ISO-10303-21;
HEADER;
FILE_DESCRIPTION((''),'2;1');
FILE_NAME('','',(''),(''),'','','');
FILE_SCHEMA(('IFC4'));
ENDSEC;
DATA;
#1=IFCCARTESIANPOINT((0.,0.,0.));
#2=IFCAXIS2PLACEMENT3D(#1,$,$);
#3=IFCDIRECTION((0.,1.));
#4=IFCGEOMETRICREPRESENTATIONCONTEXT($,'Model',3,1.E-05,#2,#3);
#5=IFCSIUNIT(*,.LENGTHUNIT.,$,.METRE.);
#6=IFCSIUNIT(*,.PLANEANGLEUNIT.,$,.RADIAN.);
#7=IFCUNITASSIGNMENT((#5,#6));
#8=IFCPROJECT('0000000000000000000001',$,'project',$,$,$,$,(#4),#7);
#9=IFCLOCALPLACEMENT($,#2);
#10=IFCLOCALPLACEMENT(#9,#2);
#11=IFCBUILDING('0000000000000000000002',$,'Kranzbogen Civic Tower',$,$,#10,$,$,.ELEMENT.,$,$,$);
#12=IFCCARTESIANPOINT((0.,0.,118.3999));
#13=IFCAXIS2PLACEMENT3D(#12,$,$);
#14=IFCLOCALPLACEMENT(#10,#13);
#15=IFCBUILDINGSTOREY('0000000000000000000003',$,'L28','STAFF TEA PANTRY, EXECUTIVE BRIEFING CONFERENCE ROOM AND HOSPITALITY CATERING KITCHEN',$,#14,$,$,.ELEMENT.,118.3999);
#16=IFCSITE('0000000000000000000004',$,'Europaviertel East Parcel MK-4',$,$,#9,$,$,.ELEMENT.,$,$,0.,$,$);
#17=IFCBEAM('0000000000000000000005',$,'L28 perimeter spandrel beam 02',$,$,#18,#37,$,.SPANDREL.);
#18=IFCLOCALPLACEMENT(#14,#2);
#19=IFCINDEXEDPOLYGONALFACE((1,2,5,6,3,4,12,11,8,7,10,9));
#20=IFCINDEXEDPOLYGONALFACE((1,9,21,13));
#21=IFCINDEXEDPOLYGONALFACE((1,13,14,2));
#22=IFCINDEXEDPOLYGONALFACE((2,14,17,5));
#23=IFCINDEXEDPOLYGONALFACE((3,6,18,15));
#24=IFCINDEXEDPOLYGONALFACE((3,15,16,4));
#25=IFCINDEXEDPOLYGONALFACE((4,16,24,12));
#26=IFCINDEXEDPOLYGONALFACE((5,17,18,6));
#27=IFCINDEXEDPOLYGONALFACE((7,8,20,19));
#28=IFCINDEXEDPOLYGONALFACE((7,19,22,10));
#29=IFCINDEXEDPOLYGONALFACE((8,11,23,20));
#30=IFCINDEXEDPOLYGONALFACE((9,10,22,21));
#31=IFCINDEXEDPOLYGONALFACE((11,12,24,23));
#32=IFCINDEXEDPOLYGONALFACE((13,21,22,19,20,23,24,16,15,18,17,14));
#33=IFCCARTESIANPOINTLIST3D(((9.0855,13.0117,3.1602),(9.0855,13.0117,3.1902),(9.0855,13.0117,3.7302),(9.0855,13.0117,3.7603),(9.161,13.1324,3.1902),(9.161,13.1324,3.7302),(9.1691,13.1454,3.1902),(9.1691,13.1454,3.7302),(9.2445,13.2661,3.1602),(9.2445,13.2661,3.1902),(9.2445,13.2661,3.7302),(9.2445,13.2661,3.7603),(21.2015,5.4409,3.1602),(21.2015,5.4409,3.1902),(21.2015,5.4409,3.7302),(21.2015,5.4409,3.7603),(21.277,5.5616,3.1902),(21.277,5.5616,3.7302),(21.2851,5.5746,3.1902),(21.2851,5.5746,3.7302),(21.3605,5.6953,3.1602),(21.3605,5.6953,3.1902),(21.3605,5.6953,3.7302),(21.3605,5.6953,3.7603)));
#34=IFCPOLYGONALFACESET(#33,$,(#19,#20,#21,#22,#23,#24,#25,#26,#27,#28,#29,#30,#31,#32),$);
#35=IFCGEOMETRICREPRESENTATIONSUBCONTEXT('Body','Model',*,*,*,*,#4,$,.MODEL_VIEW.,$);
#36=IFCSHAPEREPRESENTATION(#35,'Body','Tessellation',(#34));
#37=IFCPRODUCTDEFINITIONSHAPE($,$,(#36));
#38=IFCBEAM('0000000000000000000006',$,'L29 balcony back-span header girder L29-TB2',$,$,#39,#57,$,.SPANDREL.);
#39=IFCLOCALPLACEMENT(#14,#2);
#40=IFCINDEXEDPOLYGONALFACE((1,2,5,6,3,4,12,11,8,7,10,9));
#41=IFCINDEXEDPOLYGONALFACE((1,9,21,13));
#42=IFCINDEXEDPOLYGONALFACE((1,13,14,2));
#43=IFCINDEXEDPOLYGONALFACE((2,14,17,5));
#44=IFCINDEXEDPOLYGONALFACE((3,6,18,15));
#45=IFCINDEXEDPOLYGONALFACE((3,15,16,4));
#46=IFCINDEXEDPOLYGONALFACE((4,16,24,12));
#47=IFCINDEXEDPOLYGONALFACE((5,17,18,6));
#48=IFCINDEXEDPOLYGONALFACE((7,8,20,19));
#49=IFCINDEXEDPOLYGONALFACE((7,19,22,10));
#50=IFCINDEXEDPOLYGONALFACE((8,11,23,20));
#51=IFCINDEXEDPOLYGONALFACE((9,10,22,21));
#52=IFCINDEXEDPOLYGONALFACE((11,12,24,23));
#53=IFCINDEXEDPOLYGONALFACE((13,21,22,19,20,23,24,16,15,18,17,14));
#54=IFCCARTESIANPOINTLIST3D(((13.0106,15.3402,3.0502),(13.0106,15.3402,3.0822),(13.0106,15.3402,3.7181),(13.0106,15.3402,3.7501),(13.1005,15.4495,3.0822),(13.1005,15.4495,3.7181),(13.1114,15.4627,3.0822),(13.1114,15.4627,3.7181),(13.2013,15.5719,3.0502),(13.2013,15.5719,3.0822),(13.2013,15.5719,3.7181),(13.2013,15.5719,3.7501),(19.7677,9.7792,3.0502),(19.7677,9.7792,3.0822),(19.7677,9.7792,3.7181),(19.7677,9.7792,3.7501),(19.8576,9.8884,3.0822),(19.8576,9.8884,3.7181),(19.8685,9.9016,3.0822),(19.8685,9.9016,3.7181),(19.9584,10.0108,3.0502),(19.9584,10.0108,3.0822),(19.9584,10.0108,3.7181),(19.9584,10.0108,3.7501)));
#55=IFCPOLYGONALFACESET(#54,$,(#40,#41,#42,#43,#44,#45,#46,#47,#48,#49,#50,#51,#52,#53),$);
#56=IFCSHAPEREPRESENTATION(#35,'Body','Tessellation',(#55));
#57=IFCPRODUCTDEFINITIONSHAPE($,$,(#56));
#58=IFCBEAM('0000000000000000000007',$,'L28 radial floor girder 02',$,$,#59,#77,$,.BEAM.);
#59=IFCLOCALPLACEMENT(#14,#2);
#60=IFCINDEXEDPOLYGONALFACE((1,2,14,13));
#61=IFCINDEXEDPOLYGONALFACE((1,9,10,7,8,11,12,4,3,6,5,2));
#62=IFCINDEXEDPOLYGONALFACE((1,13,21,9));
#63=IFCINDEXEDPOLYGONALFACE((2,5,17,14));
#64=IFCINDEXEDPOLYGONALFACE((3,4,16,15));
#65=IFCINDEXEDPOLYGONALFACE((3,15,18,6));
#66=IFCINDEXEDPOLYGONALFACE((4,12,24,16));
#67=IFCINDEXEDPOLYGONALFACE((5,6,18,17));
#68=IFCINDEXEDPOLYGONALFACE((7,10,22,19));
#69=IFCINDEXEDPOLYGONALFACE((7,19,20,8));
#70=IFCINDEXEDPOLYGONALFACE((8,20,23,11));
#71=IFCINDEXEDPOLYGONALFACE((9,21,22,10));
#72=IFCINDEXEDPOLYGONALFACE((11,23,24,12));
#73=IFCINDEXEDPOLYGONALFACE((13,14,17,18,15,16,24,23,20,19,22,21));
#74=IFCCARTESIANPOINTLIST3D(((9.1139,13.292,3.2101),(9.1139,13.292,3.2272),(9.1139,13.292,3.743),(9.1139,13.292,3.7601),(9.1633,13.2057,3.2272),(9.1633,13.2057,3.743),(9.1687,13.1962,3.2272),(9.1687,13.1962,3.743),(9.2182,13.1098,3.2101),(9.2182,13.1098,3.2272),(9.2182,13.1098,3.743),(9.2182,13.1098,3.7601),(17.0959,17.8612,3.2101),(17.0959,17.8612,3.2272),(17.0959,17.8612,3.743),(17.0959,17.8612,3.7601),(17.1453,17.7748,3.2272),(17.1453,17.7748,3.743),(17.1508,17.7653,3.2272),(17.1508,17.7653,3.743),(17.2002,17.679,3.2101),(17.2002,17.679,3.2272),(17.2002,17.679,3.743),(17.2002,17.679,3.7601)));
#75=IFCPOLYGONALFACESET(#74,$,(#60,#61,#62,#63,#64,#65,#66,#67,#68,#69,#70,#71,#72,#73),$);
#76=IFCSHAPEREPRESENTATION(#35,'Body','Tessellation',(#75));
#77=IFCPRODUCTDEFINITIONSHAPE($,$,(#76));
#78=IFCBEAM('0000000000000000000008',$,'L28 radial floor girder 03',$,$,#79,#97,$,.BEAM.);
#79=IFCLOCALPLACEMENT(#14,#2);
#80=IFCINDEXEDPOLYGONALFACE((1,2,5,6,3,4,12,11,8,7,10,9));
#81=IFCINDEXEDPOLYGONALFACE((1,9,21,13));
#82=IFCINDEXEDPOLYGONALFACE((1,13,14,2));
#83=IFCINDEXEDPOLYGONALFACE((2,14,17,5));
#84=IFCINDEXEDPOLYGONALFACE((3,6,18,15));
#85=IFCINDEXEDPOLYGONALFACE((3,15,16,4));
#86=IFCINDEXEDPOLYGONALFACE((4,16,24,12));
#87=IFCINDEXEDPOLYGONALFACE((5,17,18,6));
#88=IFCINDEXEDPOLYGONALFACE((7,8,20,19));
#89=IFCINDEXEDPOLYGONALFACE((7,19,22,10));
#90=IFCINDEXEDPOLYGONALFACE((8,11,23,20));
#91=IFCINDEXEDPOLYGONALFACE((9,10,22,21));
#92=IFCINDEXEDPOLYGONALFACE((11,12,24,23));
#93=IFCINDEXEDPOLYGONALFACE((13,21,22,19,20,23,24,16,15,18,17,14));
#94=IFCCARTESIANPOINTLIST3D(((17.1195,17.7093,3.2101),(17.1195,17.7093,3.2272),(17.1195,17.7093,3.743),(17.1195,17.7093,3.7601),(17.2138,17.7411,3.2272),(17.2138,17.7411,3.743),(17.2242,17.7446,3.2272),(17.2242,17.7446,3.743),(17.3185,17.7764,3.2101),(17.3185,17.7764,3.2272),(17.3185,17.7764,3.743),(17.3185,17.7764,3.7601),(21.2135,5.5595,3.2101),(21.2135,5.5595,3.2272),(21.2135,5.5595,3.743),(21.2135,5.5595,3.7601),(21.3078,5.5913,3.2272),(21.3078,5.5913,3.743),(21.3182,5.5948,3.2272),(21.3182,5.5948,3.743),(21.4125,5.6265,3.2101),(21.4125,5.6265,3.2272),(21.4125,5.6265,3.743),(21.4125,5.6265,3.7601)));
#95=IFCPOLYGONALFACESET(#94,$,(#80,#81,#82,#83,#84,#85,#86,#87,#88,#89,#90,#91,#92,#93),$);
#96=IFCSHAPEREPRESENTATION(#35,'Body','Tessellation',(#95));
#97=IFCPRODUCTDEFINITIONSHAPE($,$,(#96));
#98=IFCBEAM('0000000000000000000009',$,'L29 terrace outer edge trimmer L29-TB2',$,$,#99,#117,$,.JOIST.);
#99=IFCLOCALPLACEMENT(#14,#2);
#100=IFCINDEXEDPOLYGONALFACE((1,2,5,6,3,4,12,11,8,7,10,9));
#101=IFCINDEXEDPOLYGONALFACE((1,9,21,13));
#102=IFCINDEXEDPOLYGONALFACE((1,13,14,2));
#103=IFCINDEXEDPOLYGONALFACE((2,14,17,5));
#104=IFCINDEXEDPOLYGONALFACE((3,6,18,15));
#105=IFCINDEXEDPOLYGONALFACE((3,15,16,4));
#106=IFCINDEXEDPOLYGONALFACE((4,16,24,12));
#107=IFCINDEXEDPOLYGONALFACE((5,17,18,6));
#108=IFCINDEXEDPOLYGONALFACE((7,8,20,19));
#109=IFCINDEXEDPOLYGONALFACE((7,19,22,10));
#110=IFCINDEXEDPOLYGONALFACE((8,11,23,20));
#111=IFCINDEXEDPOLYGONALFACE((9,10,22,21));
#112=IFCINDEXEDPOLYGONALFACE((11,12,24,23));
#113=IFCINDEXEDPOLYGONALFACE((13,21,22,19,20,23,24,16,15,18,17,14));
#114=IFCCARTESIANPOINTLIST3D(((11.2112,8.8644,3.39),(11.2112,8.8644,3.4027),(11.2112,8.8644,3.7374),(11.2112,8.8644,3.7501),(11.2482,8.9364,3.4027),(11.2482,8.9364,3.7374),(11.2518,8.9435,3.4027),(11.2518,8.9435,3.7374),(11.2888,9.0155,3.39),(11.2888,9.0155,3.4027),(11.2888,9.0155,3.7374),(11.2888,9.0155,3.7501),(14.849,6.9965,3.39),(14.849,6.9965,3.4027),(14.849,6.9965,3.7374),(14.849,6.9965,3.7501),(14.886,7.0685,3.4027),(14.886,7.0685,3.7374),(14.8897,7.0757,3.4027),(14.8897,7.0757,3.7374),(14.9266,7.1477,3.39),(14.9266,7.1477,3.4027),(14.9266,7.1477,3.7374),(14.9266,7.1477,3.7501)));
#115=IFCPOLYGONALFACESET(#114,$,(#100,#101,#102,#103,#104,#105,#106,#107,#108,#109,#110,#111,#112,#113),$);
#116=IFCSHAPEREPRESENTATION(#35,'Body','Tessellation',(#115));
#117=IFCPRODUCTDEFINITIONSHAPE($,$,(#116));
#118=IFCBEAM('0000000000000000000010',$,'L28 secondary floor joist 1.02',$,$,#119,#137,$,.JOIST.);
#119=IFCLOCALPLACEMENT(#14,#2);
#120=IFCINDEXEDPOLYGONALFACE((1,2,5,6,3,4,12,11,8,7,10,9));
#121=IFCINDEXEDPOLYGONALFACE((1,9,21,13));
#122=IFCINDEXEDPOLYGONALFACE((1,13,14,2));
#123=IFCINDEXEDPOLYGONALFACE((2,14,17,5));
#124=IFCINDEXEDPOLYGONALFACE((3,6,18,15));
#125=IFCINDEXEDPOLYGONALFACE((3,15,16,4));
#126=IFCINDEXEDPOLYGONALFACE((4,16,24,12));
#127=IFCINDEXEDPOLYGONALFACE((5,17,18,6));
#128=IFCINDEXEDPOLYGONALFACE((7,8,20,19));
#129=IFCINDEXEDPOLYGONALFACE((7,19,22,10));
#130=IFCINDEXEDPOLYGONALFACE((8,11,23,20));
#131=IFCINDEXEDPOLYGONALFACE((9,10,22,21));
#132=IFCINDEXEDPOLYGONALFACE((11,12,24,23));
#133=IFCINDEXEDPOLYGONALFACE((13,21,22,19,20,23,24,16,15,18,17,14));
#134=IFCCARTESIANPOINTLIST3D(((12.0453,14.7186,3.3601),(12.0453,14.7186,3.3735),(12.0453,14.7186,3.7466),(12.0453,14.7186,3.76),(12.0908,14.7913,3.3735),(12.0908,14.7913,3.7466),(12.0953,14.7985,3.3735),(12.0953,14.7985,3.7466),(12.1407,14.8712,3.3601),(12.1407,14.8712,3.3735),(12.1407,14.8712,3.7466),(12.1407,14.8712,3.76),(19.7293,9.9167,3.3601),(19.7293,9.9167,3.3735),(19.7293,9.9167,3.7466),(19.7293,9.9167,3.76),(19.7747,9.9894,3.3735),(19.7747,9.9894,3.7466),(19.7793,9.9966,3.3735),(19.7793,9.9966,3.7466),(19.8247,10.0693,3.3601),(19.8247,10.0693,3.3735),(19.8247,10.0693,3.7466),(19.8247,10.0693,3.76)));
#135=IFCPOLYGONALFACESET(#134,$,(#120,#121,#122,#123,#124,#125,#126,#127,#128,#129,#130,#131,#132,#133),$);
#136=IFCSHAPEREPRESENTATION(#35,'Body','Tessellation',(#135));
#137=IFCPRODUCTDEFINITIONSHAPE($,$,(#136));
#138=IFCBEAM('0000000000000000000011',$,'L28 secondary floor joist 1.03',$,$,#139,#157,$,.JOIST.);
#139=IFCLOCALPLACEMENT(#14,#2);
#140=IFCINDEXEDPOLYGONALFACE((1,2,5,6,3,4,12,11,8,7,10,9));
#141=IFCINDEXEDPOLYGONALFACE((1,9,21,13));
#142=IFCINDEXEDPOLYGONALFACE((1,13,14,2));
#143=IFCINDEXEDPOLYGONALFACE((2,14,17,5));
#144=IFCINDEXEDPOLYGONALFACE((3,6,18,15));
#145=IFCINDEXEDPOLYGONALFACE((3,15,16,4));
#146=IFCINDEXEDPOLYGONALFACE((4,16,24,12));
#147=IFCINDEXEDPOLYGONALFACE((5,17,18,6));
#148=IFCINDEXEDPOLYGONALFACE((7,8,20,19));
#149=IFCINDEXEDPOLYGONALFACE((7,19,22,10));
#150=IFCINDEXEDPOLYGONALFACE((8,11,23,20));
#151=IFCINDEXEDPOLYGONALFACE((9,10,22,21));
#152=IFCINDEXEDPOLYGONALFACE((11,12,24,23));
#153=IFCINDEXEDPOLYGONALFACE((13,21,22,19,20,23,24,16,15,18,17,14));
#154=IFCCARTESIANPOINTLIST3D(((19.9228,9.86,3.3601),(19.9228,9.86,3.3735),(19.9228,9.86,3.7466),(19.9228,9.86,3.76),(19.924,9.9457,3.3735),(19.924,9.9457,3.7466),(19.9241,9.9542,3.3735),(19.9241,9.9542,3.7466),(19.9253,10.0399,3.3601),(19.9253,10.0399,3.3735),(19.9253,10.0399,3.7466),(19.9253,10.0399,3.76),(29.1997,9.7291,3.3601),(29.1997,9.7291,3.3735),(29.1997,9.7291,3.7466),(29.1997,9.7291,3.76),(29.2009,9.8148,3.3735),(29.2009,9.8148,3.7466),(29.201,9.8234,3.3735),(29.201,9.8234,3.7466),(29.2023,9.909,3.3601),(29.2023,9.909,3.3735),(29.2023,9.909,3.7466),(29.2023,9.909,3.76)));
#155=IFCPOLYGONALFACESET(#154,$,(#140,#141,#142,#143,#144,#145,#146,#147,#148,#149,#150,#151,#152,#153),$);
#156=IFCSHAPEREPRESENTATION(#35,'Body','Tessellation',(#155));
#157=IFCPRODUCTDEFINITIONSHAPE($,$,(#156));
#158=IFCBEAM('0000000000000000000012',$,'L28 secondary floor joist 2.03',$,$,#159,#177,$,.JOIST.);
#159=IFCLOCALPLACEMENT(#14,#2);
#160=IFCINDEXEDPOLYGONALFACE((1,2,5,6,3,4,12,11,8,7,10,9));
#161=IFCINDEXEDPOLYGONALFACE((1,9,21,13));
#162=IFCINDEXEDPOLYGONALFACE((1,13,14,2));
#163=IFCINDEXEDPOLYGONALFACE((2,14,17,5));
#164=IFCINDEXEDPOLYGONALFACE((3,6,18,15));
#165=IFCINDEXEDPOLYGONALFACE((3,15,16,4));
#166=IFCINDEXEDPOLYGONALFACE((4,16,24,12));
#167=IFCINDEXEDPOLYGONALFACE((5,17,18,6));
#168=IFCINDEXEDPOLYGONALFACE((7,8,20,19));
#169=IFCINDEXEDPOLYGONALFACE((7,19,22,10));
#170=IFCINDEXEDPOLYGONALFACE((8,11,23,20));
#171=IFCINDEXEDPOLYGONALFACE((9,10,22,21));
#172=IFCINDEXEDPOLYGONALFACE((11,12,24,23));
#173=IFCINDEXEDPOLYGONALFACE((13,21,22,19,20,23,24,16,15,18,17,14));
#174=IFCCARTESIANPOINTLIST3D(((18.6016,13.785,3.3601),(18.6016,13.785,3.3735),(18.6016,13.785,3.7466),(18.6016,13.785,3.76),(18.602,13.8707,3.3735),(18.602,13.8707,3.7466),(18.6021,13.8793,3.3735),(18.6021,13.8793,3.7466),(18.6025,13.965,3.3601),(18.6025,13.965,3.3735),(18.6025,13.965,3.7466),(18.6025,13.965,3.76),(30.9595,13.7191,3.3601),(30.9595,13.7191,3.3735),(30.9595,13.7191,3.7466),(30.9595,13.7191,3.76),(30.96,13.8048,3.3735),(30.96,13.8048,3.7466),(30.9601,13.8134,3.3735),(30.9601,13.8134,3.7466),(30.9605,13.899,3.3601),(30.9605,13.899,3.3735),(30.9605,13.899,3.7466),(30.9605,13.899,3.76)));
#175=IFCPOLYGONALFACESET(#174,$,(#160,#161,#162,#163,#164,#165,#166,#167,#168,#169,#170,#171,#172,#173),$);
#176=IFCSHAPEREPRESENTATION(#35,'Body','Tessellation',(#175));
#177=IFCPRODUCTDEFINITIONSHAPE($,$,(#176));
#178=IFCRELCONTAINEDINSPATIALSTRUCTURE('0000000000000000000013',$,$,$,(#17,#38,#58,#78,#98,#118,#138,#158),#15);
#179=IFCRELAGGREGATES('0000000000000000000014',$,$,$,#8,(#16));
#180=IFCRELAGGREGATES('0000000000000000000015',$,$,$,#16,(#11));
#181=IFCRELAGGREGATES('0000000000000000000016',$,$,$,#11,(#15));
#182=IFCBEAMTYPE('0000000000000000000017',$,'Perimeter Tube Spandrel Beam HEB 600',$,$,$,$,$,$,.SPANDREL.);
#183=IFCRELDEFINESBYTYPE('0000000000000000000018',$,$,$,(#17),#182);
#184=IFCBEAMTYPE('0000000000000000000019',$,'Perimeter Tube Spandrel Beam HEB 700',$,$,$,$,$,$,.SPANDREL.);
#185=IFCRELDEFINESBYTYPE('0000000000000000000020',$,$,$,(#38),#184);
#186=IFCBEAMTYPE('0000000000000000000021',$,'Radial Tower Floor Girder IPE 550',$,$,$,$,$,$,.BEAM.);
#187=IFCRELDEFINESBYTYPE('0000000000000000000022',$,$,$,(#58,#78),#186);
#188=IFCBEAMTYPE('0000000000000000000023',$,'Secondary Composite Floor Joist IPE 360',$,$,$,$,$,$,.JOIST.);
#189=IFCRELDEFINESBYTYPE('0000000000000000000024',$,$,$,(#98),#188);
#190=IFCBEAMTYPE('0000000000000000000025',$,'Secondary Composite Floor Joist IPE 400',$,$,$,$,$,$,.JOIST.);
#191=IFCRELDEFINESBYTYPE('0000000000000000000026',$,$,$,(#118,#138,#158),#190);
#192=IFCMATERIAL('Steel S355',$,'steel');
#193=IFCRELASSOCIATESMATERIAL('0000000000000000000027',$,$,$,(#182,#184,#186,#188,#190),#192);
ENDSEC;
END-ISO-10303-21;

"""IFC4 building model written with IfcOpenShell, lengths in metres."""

from ifc_helpers import new_model, si_unit, direction, frame, origin, origin_2d, place, context, subcontext, project, spatial, i_section, extrude, material, material_profile, profile_set, type_object, element, save


model = new_model("IFC4")

# Units and contexts
model_context = context("Model", 3, precision=1e-05, world=origin(), true_north=direction((0.0, 1.0)))
body_context = subcontext(model_context, "Body", "Model", "MODEL_VIEW")
ifc_project = project(units=[si_unit("LENGTHUNIT", "METRE"), si_unit("PLANEANGLEUNIT", "RADIAN")], contexts=[model_context])

# Site, building, storey
site_placement = place(None, origin())
site = spatial("IfcSite", under=ifc_project, at=site_placement, Name="Europaviertel East Parcel MK-4", CompositionType="ELEMENT", RefElevation=0.0)
building_placement = place(site_placement, origin())
building = spatial("IfcBuilding", under=site, at=building_placement, Name="Kranzbogen Civic Tower", CompositionType="ELEMENT")
storey_placement = place(building_placement, frame((0.0, 0.0, 118.3999)))
storey = spatial("IfcBuildingStorey", under=building, at=storey_placement, Name="L28", Description="STAFF TEA PANTRY, EXECUTIVE BRIEFING CONFERENCE ROOM AND HOSPITALITY CATERING KITCHEN", CompositionType="ELEMENT", Elevation=118.3999)

# Shared definitions
ifc_material_1 = material(Name="Steel S355", Category="steel")

# Beams
ifc_material_profile_1 = material_profile(ifc_material_1, i_section(OverallWidth=0.3, OverallDepth=0.6001, WebThickness=0.0154, FlangeThickness=0.03, at=origin_2d()), Name="HEB 600")
ifc_profile_set_1 = profile_set([ifc_material_profile_1], Name="Steel S355")
beam_type_1 = type_object("IfcBeamType", Name="Perimeter Tube Spandrel Beam HEB 600", PredefinedType="SPANDREL", material=ifc_profile_set_1)
beam_1_placement = place(storey_placement, frame((9.165, 13.1389, 3.4602), z_axis=(0.848051, -0.529914, 0.0), x_axis=(0.529914, 0.848051, 0.0)))
element("IfcBeam", 1, at=beam_1_placement, inside=storey, type_object=beam_type_1, Name="L28 perimeter spandrel beam 02", PredefinedType="SPANDREL", context=body_context, shape_type="SweptSolid", body=[
    extrude(i_section(OverallWidth=0.3, OverallDepth=0.6001, WebThickness=0.0154, FlangeThickness=0.03, at=origin_2d()), origin(), (0.0, 0.0, 1.0), 14.2869),
])
ifc_material_profile_2 = material_profile(ifc_material_1, i_section(OverallWidth=0.3, OverallDepth=0.7, WebThickness=0.0171, FlangeThickness=0.032, at=origin_2d()), Name="HEB 700")
ifc_profile_set_2 = profile_set([ifc_material_profile_2], Name="Steel S355")
beam_type_2 = type_object("IfcBeamType", Name="Perimeter Tube Spandrel Beam HEB 700", PredefinedType="SPANDREL", material=ifc_profile_set_2)
beam_2_placement = place(storey_placement, frame((13.106, 15.4561, 3.4001), z_axis=(0.772133, -0.635461, 0.0), x_axis=(0.635461, 0.772133, 0.0)))
element("IfcBeam", 2, at=beam_2_placement, inside=storey, type_object=beam_type_2, Name="L29 balcony back-span header girder L29-TB2", PredefinedType="SPANDREL", context=body_context, shape_type="SweptSolid", body=[
    extrude(i_section(OverallWidth=0.3, OverallDepth=0.7, WebThickness=0.0171, FlangeThickness=0.032, at=origin_2d()), origin(), (0.0, 0.0, 1.0), 8.7512),
])
ifc_material_profile_3 = material_profile(ifc_material_1, i_section(OverallWidth=0.21, OverallDepth=0.55, WebThickness=0.011, FlangeThickness=0.0171, at=origin_2d()), Name="IPE 550")
ifc_profile_set_3 = profile_set([ifc_material_profile_3], Name="Steel S355")
beam_type_3 = type_object("IfcBeamType", Name="Radial Tower Floor Girder IPE 550", PredefinedType="BEAM", material=ifc_profile_set_3)
beam_3_placement = place(storey_placement, frame((9.166, 13.2009, 3.4851), z_axis=(0.867869, 0.496793, 0.0), x_axis=(-0.496793, 0.867869, 0.0)))
element("IfcBeam", 3, at=beam_3_placement, inside=storey, type_object=beam_type_3, Name="L28 radial floor girder 02", PredefinedType="BEAM", context=body_context, shape_type="SweptSolid", body=[
    extrude(i_section(OverallWidth=0.21, OverallDepth=0.55, WebThickness=0.011, FlangeThickness=0.0171, at=origin_2d()), origin(), (0.0, 0.0, 1.0), 9.1973),
])
beam_4_placement = place(storey_placement, frame((21.313, 5.593, 3.4851), z_axis=(-0.319317, 0.947648, 0.0), x_axis=(-0.947648, -0.319317, 0.0)))
element("IfcBeam", 4, at=beam_4_placement, inside=storey, type_object=beam_type_3, Name="L28 radial floor girder 03", PredefinedType="BEAM", context=body_context, shape_type="SweptSolid", body=[
    extrude(i_section(OverallWidth=0.21, OverallDepth=0.55, WebThickness=0.011, FlangeThickness=0.0171, at=origin_2d()), origin(), (0.0, 0.0, 1.0), 12.821),
])
ifc_material_profile_4 = material_profile(ifc_material_1, i_section(OverallWidth=0.1699, OverallDepth=0.3601, WebThickness=0.0081, FlangeThickness=0.0127, at=origin_2d()), Name="IPE 360")
ifc_profile_set_4 = profile_set([ifc_material_profile_4], Name="Steel S355")
beam_type_4 = type_object("IfcBeamType", Name="Secondary Composite Floor Joist IPE 360", PredefinedType="JOIST", material=ifc_profile_set_4)
beam_5_placement = place(storey_placement, frame((11.25, 8.9399, 3.5701), z_axis=(0.889588, -0.456764, 0.0), x_axis=(0.456764, 0.889588, 0.0)))
element("IfcBeam", 5, at=beam_5_placement, inside=storey, type_object=beam_type_4, Name="L29 terrace outer edge trimmer L29-TB2", PredefinedType="JOIST", context=body_context, shape_type="SweptSolid", body=[
    extrude(i_section(OverallWidth=0.1699, OverallDepth=0.3601, WebThickness=0.0081, FlangeThickness=0.0127, at=origin_2d()), origin(), (0.0, 0.0, 1.0), 4.0894),
])
ifc_material_profile_5 = material_profile(ifc_material_1, i_section(OverallWidth=0.1799, OverallDepth=0.3999, WebThickness=0.0085, FlangeThickness=0.0134, at=origin_2d()), Name="IPE 400")
ifc_profile_set_5 = profile_set([ifc_material_profile_5], Name="Steel S355")
beam_type_5 = type_object("IfcBeamType", Name="Secondary Composite Floor Joist IPE 400", PredefinedType="JOIST", material=ifc_profile_set_5)
beam_6_placement = place(storey_placement, frame((12.093, 14.7949, 3.5601), z_axis=(0.848026, -0.529955, 0.0), x_axis=(0.529955, 0.848026, 0.0)))
element("IfcBeam", 6, at=beam_6_placement, inside=storey, type_object=beam_type_5, Name="L28 secondary floor joist 1.02", PredefinedType="JOIST", context=body_context, shape_type="SweptSolid", body=[
    extrude(i_section(OverallWidth=0.1799, OverallDepth=0.3999, WebThickness=0.0085, FlangeThickness=0.0134, at=origin_2d()), origin(), (0.0, 0.0, 1.0), 9.061),
])
beam_7_placement = place(storey_placement, frame((19.9241, 9.95, 3.5601), z_axis=(0.999901, -0.014105, 0.0), x_axis=(0.014105, 0.999901, 0.0)))
element("IfcBeam", 7, at=beam_7_placement, inside=storey, type_object=beam_type_5, Name="L28 secondary floor joist 1.03", PredefinedType="JOIST", context=body_context, shape_type="SweptSolid", body=[
    extrude(i_section(OverallWidth=0.1799, OverallDepth=0.3999, WebThickness=0.0085, FlangeThickness=0.0134, at=origin_2d()), origin(), (0.0, 0.0, 1.0), 9.2778),
])
beam_8_placement = place(storey_placement, frame((18.6021, 13.875, 3.5601), z_axis=(0.999986, -0.005334, 0.0), x_axis=(0.005334, 0.999986, 0.0)))
element("IfcBeam", 8, at=beam_8_placement, inside=storey, type_object=beam_type_5, Name="L28 secondary floor joist 2.03", PredefinedType="JOIST", context=body_context, shape_type="SweptSolid", body=[
    extrude(i_section(OverallWidth=0.1799, OverallDepth=0.3999, WebThickness=0.0085, FlangeThickness=0.0134, at=origin_2d()), origin(), (0.0, 0.0, 1.0), 12.3582),
])

save(model, "model.ifc")
